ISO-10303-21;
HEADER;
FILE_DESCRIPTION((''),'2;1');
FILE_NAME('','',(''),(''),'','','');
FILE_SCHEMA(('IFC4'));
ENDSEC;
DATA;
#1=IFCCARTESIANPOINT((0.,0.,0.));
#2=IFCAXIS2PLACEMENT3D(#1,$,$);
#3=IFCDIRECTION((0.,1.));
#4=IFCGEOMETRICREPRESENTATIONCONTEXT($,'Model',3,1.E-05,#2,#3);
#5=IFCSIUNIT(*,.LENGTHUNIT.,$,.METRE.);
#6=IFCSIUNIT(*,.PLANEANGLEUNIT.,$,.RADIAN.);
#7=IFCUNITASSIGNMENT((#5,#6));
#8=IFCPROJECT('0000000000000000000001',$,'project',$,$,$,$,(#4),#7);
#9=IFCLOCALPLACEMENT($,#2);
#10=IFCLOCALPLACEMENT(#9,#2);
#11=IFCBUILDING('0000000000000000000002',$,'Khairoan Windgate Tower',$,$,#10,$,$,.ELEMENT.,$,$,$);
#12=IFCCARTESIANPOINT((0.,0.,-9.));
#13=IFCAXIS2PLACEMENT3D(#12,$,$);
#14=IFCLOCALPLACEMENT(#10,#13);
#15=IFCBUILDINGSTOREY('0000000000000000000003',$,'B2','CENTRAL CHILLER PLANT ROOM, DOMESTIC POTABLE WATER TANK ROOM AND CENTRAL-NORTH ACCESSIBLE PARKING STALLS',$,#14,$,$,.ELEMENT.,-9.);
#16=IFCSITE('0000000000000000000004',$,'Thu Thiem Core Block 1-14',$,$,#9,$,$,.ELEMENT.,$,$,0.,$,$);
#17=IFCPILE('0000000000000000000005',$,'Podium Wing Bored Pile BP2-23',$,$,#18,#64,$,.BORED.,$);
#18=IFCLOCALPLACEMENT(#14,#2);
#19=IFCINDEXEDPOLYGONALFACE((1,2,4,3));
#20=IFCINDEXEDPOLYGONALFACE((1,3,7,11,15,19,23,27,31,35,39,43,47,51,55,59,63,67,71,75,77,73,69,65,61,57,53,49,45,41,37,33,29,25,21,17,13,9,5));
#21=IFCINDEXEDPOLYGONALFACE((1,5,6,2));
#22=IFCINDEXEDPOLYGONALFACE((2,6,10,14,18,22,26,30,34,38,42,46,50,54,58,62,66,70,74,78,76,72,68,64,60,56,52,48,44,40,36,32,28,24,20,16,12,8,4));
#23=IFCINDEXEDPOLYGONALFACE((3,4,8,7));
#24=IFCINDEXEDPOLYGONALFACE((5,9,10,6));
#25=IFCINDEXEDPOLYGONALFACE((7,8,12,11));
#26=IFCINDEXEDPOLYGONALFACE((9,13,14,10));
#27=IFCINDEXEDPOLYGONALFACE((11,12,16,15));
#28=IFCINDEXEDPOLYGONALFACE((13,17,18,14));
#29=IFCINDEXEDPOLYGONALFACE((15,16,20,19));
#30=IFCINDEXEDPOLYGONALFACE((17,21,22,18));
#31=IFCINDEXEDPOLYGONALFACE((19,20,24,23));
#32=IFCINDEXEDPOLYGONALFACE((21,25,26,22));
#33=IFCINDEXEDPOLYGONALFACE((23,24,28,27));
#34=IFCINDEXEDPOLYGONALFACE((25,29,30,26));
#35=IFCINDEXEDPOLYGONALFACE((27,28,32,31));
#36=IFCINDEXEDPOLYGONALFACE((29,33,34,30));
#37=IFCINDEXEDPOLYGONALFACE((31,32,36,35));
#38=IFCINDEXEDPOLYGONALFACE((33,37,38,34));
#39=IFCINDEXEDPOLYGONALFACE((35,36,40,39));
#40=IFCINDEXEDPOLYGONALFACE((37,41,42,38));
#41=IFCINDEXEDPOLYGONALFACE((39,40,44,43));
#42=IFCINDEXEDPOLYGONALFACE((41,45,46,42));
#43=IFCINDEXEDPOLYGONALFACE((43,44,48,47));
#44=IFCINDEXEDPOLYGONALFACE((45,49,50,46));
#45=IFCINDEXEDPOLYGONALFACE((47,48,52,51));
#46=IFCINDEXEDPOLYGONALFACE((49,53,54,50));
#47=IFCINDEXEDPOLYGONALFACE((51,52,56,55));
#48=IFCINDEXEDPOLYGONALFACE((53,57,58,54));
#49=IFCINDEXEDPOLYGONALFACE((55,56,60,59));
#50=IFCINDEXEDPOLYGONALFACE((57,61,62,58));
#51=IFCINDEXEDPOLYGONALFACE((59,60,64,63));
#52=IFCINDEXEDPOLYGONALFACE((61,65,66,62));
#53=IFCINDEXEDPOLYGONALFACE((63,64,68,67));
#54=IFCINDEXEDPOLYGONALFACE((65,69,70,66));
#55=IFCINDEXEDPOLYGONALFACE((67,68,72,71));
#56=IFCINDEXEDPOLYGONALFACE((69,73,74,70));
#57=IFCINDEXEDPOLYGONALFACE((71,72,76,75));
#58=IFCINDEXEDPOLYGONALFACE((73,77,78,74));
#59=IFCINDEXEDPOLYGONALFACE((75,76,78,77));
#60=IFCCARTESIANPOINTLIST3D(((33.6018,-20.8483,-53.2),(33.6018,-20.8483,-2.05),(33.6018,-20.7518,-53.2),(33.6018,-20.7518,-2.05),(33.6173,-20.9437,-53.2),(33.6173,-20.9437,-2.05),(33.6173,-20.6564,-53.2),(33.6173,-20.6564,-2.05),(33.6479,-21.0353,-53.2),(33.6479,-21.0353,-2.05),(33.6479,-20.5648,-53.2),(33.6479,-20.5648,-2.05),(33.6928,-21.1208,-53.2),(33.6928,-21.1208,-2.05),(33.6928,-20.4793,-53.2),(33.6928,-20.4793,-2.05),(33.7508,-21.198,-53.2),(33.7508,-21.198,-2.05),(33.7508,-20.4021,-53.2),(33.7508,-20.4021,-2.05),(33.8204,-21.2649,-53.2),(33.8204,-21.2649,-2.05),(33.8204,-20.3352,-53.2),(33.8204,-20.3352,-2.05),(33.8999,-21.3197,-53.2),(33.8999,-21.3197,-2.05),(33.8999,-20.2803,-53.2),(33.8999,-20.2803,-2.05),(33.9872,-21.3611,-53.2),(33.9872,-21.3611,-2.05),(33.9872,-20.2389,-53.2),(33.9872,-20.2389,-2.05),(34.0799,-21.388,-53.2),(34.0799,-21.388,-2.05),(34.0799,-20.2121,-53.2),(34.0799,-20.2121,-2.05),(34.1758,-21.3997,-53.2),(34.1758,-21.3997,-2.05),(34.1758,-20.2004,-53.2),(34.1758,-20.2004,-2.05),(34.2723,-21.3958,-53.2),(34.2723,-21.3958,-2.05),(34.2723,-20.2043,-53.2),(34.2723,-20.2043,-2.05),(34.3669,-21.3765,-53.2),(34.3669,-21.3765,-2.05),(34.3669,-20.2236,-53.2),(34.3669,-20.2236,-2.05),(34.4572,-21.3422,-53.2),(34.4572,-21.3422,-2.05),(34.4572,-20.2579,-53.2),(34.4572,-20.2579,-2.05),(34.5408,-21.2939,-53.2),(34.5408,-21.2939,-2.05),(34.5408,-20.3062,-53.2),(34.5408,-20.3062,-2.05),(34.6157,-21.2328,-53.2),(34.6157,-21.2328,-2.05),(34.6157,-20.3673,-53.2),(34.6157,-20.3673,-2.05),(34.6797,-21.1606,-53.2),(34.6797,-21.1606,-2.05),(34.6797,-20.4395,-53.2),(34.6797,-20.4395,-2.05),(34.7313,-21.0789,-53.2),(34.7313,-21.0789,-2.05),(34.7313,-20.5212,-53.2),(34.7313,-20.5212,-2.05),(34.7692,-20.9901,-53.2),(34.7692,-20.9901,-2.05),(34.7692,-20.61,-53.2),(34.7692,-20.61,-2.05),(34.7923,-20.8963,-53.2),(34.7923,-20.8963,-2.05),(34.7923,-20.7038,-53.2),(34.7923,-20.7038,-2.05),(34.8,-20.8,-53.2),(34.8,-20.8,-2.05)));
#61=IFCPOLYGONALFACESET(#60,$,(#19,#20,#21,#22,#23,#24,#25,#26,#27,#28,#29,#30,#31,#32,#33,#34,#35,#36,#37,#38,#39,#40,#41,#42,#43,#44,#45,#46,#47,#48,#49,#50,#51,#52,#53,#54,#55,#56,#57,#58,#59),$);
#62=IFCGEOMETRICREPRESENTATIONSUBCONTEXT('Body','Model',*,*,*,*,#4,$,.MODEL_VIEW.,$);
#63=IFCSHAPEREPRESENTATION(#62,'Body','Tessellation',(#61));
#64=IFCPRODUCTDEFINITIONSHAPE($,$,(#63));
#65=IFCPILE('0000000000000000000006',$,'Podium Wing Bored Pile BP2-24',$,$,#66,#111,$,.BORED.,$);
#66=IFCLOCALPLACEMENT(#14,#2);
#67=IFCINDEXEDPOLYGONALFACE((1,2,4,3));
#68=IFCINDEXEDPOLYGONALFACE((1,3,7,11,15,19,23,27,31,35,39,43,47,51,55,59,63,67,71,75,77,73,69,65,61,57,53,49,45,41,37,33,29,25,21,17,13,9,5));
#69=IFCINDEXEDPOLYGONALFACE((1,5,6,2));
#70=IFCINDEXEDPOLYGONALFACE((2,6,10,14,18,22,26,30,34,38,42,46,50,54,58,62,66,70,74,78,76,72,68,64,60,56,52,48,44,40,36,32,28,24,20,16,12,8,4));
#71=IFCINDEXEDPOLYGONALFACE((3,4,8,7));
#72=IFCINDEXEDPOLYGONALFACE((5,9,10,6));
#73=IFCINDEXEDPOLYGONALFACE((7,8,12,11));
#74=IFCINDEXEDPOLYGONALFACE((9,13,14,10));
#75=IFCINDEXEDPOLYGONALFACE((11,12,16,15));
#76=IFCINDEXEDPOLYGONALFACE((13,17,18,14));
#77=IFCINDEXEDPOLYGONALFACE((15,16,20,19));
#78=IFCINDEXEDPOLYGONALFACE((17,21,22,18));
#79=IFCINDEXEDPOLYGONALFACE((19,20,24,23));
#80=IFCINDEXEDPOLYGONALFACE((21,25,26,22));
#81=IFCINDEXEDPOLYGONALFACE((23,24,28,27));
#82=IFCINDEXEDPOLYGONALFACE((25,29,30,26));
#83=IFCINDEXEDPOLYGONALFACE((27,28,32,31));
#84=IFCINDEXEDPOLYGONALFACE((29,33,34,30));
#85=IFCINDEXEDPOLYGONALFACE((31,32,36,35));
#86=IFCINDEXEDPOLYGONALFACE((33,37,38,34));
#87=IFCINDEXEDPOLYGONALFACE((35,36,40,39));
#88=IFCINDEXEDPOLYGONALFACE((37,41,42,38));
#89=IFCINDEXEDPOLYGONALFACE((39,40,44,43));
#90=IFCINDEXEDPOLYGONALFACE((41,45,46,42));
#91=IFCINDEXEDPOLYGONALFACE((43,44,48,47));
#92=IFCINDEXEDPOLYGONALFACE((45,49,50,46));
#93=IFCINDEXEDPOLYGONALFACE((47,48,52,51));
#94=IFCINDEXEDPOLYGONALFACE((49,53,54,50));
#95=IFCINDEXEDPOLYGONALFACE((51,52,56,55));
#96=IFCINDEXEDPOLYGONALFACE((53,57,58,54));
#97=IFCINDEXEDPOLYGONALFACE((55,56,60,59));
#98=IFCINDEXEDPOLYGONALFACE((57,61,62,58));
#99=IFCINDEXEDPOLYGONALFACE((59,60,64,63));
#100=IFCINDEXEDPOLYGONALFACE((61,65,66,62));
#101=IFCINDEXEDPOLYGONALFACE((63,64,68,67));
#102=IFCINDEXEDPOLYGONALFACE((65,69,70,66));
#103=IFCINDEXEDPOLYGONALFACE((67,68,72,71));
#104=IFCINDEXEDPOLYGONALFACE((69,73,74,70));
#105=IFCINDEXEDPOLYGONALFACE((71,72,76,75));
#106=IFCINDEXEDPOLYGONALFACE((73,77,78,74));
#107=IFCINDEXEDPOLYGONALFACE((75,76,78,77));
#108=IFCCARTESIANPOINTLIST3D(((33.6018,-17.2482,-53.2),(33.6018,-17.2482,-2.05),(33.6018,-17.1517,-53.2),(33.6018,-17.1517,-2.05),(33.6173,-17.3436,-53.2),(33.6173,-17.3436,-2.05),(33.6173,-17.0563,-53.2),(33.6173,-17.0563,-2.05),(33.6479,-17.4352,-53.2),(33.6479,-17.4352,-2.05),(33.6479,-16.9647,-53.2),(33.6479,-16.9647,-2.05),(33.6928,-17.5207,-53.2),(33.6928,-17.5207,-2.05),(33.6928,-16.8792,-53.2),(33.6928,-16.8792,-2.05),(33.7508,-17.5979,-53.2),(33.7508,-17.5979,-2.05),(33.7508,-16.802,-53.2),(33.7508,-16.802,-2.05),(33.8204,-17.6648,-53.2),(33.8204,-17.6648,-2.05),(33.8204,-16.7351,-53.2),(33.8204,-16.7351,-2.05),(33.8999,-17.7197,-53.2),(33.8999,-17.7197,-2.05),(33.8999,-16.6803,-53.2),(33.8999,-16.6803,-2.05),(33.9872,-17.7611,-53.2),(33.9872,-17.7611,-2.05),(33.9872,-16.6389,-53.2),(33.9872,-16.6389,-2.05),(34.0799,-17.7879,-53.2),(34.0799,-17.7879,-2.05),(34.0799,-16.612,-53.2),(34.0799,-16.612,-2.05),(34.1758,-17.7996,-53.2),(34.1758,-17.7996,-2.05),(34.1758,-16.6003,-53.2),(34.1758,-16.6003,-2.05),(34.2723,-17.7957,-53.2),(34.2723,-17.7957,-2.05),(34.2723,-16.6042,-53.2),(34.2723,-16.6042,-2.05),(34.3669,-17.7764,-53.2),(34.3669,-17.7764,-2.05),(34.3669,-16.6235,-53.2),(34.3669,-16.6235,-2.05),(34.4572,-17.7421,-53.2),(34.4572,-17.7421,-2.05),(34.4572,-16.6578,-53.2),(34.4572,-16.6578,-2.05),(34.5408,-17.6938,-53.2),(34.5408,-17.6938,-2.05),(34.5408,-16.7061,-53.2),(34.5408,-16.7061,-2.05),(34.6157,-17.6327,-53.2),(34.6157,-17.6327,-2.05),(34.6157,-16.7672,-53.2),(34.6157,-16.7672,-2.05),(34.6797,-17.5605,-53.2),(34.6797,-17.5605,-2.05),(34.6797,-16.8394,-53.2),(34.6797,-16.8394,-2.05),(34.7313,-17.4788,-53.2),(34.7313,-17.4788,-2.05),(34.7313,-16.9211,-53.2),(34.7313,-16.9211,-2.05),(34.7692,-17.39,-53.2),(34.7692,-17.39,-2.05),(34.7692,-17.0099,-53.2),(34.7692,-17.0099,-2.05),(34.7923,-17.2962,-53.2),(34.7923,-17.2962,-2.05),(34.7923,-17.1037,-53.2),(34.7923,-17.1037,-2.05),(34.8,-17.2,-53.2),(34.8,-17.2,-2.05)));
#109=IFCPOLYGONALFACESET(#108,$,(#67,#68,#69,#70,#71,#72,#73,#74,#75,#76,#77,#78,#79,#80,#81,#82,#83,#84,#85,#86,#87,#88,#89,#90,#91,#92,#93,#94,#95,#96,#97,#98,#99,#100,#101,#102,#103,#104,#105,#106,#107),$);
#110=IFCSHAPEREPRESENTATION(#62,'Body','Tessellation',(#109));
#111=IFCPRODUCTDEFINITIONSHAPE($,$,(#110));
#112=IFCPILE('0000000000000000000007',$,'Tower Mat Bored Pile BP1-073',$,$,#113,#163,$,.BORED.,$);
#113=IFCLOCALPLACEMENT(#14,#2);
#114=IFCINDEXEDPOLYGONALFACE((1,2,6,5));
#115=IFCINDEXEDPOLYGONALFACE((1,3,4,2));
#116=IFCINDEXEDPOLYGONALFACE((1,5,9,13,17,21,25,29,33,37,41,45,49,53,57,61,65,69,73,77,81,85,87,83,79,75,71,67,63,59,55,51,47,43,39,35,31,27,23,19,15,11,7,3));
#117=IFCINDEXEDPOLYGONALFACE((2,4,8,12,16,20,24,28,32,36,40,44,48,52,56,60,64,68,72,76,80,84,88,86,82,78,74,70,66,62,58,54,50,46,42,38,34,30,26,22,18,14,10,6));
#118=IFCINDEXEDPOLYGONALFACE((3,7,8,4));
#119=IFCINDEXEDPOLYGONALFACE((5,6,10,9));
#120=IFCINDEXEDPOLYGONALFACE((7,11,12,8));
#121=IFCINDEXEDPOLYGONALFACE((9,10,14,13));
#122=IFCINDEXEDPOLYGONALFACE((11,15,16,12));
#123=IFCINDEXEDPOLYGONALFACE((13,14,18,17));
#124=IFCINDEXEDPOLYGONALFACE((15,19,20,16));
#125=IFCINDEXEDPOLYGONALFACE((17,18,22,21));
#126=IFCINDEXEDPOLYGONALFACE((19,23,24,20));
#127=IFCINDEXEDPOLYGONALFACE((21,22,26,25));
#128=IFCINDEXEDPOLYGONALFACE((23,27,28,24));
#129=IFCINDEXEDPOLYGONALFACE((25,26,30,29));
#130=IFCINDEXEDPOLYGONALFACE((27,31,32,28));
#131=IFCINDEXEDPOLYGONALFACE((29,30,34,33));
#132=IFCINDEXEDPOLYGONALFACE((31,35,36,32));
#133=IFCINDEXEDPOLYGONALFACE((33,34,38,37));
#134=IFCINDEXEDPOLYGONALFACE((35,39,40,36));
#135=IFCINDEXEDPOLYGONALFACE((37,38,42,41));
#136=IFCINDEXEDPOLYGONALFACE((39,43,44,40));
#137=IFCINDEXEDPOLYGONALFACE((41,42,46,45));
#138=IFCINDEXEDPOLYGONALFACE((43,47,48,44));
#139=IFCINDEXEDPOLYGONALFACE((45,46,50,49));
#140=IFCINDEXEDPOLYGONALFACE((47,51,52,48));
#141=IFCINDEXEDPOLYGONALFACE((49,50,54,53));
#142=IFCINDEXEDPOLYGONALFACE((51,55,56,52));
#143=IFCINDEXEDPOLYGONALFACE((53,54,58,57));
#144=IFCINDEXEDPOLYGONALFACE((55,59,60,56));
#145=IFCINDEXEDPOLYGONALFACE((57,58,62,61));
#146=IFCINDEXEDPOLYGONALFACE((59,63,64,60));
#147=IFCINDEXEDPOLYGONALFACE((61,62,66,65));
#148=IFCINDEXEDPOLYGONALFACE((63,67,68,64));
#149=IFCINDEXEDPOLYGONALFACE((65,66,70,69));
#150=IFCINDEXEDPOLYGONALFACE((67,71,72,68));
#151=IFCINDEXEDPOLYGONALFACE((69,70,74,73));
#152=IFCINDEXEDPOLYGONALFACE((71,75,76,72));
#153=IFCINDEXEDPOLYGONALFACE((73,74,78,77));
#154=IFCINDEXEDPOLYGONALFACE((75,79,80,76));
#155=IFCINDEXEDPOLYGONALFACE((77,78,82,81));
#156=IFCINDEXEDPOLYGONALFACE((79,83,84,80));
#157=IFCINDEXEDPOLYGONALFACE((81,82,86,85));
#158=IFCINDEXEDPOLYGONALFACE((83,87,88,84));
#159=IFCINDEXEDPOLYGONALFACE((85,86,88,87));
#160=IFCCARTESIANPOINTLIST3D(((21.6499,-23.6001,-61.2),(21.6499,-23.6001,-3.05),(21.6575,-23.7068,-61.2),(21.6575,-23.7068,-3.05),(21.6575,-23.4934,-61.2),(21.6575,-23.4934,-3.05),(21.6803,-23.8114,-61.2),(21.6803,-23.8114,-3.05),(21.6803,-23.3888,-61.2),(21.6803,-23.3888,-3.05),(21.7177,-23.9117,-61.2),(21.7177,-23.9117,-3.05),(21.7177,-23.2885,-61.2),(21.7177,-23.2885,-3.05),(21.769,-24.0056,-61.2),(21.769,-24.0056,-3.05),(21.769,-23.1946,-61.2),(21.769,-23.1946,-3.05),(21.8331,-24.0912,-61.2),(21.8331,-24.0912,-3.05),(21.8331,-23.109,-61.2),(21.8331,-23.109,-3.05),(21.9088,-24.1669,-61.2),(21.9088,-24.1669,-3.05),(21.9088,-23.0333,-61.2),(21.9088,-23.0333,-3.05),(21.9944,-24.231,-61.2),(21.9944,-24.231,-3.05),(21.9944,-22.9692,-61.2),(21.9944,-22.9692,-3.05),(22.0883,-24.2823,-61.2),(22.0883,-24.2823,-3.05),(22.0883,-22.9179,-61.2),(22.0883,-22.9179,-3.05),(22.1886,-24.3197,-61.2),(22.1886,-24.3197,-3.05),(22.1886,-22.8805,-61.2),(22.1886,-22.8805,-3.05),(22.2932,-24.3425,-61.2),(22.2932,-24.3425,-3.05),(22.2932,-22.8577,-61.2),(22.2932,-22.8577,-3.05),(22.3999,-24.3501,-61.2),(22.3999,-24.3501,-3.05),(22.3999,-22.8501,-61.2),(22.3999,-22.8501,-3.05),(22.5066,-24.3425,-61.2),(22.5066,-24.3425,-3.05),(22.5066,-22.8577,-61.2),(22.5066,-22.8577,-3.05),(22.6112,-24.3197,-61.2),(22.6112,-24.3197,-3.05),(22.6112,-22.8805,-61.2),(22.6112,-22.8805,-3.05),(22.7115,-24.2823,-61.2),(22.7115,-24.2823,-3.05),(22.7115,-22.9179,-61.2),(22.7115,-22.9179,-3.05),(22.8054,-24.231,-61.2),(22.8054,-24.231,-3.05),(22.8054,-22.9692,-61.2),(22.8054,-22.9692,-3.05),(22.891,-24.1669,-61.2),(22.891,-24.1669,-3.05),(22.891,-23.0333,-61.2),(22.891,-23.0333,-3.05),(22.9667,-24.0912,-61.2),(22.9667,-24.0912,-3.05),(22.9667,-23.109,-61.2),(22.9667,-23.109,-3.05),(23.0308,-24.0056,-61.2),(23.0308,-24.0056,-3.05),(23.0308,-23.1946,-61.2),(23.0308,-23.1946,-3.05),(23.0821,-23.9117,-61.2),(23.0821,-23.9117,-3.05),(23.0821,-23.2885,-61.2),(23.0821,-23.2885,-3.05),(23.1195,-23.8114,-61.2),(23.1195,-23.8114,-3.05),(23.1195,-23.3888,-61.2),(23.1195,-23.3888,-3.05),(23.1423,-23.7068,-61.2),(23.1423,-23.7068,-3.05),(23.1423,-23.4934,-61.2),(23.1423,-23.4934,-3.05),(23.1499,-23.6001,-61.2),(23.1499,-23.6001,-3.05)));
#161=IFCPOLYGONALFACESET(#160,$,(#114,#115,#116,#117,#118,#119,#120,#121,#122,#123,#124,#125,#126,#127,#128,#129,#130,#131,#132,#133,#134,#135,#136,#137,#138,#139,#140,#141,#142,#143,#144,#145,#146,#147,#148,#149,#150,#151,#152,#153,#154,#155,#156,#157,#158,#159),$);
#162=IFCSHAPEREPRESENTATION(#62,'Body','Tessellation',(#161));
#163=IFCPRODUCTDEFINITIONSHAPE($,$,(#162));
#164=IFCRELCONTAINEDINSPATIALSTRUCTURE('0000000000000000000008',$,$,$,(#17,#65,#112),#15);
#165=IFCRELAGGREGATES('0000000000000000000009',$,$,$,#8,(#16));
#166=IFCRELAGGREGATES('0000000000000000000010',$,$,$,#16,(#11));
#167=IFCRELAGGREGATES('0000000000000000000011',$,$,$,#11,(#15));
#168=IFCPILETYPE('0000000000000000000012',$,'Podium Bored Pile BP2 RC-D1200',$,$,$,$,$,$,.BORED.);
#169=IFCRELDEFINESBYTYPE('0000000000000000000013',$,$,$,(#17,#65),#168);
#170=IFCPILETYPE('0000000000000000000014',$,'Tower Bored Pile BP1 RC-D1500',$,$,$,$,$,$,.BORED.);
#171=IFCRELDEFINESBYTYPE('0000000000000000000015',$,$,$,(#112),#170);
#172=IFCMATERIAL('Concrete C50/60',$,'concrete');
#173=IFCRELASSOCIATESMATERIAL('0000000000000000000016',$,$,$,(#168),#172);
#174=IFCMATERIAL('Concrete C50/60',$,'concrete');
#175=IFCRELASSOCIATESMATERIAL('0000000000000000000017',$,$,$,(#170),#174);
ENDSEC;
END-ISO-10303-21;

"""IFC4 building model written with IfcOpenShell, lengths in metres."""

from ifc_helpers import new_model, si_unit, direction, frame, origin, origin_2d, place, context, subcontext, project, spatial, circle, extrude, material, material_profile, profile_set, type_object, element, save


model = new_model("IFC4")

# Units and contexts
model_context = context("Model", 3, precision=1e-05, world=origin(), true_north=direction((0.0, 1.0)))
body_context = subcontext(model_context, "Body", "Model", "MODEL_VIEW")
ifc_project = project(units=[si_unit("LENGTHUNIT", "METRE"), si_unit("PLANEANGLEUNIT", "RADIAN")], contexts=[model_context])

# Site, building, storey
site_placement = place(None, origin())
site = spatial("IfcSite", under=ifc_project, at=site_placement, Name="Thu Thiem Core Block 1-14", CompositionType="ELEMENT", RefElevation=0.0)
building_placement = place(site_placement, origin())
building = spatial("IfcBuilding", under=site, at=building_placement, Name="Khairoan Windgate Tower", CompositionType="ELEMENT")
storey_placement = place(building_placement, frame((0.0, 0.0, -9.0)))
storey = spatial("IfcBuildingStorey", under=building, at=storey_placement, Name="B2", Description="CENTRAL CHILLER PLANT ROOM, DOMESTIC POTABLE WATER TANK ROOM AND CENTRAL-NORTH ACCESSIBLE PARKING STALLS", CompositionType="ELEMENT", Elevation=-9.0)

# Piles
ifc_material_1 = material(Name="Concrete C50/60", Category="concrete")
ifc_material_profile_1 = material_profile(ifc_material_1, circle(Radius=0.6001, at=origin_2d()))
ifc_profile_set_1 = profile_set([ifc_material_profile_1], Name="Concrete C50/60")
pile_type_1 = type_object("IfcPileType", Name="Podium Bored Pile BP2 RC-D1200", PredefinedType="BORED", material=ifc_profile_set_1)
for number, where, z_axis, x_axis, name in (
    (1, (34.2, -20.8, -2.05), (0.0, 0.0, -1.0), (1.0, 0.0, 0.0), "Podium Wing Bored Pile BP2-23"),
    (2, (34.2, -17.2, -2.05), (0.0, 0.0, -1.0), (1.0, 0.0, 0.0), "Podium Wing Bored Pile BP2-24"),
):
    element("IfcPile", number, at=place(storey_placement, frame(where, z_axis=z_axis, x_axis=x_axis)), inside=storey, type_object=pile_type_1, Name=name, PredefinedType="BORED", context=body_context, shape_type="SweptSolid", body=[
        extrude(circle(Radius=0.6001, at=origin_2d()), origin(), (0.0, 0.0, 1.0), 51.1499),
    ])
ifc_material_2 = material(Name="Concrete C50/60", Category="concrete")
ifc_material_profile_2 = material_profile(ifc_material_2, circle(Radius=0.75, at=origin_2d()))
ifc_profile_set_2 = profile_set([ifc_material_profile_2], Name="Concrete C50/60")
pile_type_2 = type_object("IfcPileType", Name="Tower Bored Pile BP1 RC-D1500", PredefinedType="BORED", material=ifc_profile_set_2)
for number, where, z_axis, x_axis, name in (
    (3, (22.3999, -23.6001, -3.05), (0.0, 0.0, -1.0), (1.0, 0.0, 0.0), "Tower Mat Bored Pile BP1-073"),
):
    element("IfcPile", number, at=place(storey_placement, frame(where, z_axis=z_axis, x_axis=x_axis)), inside=storey, type_object=pile_type_2, Name=name, PredefinedType="BORED", context=body_context, shape_type="SweptSolid", body=[
        extrude(circle(Radius=0.75, at=origin_2d()), origin(), (0.0, 0.0, 1.0), 58.1499),
    ])

save(model, "model.ifc")
